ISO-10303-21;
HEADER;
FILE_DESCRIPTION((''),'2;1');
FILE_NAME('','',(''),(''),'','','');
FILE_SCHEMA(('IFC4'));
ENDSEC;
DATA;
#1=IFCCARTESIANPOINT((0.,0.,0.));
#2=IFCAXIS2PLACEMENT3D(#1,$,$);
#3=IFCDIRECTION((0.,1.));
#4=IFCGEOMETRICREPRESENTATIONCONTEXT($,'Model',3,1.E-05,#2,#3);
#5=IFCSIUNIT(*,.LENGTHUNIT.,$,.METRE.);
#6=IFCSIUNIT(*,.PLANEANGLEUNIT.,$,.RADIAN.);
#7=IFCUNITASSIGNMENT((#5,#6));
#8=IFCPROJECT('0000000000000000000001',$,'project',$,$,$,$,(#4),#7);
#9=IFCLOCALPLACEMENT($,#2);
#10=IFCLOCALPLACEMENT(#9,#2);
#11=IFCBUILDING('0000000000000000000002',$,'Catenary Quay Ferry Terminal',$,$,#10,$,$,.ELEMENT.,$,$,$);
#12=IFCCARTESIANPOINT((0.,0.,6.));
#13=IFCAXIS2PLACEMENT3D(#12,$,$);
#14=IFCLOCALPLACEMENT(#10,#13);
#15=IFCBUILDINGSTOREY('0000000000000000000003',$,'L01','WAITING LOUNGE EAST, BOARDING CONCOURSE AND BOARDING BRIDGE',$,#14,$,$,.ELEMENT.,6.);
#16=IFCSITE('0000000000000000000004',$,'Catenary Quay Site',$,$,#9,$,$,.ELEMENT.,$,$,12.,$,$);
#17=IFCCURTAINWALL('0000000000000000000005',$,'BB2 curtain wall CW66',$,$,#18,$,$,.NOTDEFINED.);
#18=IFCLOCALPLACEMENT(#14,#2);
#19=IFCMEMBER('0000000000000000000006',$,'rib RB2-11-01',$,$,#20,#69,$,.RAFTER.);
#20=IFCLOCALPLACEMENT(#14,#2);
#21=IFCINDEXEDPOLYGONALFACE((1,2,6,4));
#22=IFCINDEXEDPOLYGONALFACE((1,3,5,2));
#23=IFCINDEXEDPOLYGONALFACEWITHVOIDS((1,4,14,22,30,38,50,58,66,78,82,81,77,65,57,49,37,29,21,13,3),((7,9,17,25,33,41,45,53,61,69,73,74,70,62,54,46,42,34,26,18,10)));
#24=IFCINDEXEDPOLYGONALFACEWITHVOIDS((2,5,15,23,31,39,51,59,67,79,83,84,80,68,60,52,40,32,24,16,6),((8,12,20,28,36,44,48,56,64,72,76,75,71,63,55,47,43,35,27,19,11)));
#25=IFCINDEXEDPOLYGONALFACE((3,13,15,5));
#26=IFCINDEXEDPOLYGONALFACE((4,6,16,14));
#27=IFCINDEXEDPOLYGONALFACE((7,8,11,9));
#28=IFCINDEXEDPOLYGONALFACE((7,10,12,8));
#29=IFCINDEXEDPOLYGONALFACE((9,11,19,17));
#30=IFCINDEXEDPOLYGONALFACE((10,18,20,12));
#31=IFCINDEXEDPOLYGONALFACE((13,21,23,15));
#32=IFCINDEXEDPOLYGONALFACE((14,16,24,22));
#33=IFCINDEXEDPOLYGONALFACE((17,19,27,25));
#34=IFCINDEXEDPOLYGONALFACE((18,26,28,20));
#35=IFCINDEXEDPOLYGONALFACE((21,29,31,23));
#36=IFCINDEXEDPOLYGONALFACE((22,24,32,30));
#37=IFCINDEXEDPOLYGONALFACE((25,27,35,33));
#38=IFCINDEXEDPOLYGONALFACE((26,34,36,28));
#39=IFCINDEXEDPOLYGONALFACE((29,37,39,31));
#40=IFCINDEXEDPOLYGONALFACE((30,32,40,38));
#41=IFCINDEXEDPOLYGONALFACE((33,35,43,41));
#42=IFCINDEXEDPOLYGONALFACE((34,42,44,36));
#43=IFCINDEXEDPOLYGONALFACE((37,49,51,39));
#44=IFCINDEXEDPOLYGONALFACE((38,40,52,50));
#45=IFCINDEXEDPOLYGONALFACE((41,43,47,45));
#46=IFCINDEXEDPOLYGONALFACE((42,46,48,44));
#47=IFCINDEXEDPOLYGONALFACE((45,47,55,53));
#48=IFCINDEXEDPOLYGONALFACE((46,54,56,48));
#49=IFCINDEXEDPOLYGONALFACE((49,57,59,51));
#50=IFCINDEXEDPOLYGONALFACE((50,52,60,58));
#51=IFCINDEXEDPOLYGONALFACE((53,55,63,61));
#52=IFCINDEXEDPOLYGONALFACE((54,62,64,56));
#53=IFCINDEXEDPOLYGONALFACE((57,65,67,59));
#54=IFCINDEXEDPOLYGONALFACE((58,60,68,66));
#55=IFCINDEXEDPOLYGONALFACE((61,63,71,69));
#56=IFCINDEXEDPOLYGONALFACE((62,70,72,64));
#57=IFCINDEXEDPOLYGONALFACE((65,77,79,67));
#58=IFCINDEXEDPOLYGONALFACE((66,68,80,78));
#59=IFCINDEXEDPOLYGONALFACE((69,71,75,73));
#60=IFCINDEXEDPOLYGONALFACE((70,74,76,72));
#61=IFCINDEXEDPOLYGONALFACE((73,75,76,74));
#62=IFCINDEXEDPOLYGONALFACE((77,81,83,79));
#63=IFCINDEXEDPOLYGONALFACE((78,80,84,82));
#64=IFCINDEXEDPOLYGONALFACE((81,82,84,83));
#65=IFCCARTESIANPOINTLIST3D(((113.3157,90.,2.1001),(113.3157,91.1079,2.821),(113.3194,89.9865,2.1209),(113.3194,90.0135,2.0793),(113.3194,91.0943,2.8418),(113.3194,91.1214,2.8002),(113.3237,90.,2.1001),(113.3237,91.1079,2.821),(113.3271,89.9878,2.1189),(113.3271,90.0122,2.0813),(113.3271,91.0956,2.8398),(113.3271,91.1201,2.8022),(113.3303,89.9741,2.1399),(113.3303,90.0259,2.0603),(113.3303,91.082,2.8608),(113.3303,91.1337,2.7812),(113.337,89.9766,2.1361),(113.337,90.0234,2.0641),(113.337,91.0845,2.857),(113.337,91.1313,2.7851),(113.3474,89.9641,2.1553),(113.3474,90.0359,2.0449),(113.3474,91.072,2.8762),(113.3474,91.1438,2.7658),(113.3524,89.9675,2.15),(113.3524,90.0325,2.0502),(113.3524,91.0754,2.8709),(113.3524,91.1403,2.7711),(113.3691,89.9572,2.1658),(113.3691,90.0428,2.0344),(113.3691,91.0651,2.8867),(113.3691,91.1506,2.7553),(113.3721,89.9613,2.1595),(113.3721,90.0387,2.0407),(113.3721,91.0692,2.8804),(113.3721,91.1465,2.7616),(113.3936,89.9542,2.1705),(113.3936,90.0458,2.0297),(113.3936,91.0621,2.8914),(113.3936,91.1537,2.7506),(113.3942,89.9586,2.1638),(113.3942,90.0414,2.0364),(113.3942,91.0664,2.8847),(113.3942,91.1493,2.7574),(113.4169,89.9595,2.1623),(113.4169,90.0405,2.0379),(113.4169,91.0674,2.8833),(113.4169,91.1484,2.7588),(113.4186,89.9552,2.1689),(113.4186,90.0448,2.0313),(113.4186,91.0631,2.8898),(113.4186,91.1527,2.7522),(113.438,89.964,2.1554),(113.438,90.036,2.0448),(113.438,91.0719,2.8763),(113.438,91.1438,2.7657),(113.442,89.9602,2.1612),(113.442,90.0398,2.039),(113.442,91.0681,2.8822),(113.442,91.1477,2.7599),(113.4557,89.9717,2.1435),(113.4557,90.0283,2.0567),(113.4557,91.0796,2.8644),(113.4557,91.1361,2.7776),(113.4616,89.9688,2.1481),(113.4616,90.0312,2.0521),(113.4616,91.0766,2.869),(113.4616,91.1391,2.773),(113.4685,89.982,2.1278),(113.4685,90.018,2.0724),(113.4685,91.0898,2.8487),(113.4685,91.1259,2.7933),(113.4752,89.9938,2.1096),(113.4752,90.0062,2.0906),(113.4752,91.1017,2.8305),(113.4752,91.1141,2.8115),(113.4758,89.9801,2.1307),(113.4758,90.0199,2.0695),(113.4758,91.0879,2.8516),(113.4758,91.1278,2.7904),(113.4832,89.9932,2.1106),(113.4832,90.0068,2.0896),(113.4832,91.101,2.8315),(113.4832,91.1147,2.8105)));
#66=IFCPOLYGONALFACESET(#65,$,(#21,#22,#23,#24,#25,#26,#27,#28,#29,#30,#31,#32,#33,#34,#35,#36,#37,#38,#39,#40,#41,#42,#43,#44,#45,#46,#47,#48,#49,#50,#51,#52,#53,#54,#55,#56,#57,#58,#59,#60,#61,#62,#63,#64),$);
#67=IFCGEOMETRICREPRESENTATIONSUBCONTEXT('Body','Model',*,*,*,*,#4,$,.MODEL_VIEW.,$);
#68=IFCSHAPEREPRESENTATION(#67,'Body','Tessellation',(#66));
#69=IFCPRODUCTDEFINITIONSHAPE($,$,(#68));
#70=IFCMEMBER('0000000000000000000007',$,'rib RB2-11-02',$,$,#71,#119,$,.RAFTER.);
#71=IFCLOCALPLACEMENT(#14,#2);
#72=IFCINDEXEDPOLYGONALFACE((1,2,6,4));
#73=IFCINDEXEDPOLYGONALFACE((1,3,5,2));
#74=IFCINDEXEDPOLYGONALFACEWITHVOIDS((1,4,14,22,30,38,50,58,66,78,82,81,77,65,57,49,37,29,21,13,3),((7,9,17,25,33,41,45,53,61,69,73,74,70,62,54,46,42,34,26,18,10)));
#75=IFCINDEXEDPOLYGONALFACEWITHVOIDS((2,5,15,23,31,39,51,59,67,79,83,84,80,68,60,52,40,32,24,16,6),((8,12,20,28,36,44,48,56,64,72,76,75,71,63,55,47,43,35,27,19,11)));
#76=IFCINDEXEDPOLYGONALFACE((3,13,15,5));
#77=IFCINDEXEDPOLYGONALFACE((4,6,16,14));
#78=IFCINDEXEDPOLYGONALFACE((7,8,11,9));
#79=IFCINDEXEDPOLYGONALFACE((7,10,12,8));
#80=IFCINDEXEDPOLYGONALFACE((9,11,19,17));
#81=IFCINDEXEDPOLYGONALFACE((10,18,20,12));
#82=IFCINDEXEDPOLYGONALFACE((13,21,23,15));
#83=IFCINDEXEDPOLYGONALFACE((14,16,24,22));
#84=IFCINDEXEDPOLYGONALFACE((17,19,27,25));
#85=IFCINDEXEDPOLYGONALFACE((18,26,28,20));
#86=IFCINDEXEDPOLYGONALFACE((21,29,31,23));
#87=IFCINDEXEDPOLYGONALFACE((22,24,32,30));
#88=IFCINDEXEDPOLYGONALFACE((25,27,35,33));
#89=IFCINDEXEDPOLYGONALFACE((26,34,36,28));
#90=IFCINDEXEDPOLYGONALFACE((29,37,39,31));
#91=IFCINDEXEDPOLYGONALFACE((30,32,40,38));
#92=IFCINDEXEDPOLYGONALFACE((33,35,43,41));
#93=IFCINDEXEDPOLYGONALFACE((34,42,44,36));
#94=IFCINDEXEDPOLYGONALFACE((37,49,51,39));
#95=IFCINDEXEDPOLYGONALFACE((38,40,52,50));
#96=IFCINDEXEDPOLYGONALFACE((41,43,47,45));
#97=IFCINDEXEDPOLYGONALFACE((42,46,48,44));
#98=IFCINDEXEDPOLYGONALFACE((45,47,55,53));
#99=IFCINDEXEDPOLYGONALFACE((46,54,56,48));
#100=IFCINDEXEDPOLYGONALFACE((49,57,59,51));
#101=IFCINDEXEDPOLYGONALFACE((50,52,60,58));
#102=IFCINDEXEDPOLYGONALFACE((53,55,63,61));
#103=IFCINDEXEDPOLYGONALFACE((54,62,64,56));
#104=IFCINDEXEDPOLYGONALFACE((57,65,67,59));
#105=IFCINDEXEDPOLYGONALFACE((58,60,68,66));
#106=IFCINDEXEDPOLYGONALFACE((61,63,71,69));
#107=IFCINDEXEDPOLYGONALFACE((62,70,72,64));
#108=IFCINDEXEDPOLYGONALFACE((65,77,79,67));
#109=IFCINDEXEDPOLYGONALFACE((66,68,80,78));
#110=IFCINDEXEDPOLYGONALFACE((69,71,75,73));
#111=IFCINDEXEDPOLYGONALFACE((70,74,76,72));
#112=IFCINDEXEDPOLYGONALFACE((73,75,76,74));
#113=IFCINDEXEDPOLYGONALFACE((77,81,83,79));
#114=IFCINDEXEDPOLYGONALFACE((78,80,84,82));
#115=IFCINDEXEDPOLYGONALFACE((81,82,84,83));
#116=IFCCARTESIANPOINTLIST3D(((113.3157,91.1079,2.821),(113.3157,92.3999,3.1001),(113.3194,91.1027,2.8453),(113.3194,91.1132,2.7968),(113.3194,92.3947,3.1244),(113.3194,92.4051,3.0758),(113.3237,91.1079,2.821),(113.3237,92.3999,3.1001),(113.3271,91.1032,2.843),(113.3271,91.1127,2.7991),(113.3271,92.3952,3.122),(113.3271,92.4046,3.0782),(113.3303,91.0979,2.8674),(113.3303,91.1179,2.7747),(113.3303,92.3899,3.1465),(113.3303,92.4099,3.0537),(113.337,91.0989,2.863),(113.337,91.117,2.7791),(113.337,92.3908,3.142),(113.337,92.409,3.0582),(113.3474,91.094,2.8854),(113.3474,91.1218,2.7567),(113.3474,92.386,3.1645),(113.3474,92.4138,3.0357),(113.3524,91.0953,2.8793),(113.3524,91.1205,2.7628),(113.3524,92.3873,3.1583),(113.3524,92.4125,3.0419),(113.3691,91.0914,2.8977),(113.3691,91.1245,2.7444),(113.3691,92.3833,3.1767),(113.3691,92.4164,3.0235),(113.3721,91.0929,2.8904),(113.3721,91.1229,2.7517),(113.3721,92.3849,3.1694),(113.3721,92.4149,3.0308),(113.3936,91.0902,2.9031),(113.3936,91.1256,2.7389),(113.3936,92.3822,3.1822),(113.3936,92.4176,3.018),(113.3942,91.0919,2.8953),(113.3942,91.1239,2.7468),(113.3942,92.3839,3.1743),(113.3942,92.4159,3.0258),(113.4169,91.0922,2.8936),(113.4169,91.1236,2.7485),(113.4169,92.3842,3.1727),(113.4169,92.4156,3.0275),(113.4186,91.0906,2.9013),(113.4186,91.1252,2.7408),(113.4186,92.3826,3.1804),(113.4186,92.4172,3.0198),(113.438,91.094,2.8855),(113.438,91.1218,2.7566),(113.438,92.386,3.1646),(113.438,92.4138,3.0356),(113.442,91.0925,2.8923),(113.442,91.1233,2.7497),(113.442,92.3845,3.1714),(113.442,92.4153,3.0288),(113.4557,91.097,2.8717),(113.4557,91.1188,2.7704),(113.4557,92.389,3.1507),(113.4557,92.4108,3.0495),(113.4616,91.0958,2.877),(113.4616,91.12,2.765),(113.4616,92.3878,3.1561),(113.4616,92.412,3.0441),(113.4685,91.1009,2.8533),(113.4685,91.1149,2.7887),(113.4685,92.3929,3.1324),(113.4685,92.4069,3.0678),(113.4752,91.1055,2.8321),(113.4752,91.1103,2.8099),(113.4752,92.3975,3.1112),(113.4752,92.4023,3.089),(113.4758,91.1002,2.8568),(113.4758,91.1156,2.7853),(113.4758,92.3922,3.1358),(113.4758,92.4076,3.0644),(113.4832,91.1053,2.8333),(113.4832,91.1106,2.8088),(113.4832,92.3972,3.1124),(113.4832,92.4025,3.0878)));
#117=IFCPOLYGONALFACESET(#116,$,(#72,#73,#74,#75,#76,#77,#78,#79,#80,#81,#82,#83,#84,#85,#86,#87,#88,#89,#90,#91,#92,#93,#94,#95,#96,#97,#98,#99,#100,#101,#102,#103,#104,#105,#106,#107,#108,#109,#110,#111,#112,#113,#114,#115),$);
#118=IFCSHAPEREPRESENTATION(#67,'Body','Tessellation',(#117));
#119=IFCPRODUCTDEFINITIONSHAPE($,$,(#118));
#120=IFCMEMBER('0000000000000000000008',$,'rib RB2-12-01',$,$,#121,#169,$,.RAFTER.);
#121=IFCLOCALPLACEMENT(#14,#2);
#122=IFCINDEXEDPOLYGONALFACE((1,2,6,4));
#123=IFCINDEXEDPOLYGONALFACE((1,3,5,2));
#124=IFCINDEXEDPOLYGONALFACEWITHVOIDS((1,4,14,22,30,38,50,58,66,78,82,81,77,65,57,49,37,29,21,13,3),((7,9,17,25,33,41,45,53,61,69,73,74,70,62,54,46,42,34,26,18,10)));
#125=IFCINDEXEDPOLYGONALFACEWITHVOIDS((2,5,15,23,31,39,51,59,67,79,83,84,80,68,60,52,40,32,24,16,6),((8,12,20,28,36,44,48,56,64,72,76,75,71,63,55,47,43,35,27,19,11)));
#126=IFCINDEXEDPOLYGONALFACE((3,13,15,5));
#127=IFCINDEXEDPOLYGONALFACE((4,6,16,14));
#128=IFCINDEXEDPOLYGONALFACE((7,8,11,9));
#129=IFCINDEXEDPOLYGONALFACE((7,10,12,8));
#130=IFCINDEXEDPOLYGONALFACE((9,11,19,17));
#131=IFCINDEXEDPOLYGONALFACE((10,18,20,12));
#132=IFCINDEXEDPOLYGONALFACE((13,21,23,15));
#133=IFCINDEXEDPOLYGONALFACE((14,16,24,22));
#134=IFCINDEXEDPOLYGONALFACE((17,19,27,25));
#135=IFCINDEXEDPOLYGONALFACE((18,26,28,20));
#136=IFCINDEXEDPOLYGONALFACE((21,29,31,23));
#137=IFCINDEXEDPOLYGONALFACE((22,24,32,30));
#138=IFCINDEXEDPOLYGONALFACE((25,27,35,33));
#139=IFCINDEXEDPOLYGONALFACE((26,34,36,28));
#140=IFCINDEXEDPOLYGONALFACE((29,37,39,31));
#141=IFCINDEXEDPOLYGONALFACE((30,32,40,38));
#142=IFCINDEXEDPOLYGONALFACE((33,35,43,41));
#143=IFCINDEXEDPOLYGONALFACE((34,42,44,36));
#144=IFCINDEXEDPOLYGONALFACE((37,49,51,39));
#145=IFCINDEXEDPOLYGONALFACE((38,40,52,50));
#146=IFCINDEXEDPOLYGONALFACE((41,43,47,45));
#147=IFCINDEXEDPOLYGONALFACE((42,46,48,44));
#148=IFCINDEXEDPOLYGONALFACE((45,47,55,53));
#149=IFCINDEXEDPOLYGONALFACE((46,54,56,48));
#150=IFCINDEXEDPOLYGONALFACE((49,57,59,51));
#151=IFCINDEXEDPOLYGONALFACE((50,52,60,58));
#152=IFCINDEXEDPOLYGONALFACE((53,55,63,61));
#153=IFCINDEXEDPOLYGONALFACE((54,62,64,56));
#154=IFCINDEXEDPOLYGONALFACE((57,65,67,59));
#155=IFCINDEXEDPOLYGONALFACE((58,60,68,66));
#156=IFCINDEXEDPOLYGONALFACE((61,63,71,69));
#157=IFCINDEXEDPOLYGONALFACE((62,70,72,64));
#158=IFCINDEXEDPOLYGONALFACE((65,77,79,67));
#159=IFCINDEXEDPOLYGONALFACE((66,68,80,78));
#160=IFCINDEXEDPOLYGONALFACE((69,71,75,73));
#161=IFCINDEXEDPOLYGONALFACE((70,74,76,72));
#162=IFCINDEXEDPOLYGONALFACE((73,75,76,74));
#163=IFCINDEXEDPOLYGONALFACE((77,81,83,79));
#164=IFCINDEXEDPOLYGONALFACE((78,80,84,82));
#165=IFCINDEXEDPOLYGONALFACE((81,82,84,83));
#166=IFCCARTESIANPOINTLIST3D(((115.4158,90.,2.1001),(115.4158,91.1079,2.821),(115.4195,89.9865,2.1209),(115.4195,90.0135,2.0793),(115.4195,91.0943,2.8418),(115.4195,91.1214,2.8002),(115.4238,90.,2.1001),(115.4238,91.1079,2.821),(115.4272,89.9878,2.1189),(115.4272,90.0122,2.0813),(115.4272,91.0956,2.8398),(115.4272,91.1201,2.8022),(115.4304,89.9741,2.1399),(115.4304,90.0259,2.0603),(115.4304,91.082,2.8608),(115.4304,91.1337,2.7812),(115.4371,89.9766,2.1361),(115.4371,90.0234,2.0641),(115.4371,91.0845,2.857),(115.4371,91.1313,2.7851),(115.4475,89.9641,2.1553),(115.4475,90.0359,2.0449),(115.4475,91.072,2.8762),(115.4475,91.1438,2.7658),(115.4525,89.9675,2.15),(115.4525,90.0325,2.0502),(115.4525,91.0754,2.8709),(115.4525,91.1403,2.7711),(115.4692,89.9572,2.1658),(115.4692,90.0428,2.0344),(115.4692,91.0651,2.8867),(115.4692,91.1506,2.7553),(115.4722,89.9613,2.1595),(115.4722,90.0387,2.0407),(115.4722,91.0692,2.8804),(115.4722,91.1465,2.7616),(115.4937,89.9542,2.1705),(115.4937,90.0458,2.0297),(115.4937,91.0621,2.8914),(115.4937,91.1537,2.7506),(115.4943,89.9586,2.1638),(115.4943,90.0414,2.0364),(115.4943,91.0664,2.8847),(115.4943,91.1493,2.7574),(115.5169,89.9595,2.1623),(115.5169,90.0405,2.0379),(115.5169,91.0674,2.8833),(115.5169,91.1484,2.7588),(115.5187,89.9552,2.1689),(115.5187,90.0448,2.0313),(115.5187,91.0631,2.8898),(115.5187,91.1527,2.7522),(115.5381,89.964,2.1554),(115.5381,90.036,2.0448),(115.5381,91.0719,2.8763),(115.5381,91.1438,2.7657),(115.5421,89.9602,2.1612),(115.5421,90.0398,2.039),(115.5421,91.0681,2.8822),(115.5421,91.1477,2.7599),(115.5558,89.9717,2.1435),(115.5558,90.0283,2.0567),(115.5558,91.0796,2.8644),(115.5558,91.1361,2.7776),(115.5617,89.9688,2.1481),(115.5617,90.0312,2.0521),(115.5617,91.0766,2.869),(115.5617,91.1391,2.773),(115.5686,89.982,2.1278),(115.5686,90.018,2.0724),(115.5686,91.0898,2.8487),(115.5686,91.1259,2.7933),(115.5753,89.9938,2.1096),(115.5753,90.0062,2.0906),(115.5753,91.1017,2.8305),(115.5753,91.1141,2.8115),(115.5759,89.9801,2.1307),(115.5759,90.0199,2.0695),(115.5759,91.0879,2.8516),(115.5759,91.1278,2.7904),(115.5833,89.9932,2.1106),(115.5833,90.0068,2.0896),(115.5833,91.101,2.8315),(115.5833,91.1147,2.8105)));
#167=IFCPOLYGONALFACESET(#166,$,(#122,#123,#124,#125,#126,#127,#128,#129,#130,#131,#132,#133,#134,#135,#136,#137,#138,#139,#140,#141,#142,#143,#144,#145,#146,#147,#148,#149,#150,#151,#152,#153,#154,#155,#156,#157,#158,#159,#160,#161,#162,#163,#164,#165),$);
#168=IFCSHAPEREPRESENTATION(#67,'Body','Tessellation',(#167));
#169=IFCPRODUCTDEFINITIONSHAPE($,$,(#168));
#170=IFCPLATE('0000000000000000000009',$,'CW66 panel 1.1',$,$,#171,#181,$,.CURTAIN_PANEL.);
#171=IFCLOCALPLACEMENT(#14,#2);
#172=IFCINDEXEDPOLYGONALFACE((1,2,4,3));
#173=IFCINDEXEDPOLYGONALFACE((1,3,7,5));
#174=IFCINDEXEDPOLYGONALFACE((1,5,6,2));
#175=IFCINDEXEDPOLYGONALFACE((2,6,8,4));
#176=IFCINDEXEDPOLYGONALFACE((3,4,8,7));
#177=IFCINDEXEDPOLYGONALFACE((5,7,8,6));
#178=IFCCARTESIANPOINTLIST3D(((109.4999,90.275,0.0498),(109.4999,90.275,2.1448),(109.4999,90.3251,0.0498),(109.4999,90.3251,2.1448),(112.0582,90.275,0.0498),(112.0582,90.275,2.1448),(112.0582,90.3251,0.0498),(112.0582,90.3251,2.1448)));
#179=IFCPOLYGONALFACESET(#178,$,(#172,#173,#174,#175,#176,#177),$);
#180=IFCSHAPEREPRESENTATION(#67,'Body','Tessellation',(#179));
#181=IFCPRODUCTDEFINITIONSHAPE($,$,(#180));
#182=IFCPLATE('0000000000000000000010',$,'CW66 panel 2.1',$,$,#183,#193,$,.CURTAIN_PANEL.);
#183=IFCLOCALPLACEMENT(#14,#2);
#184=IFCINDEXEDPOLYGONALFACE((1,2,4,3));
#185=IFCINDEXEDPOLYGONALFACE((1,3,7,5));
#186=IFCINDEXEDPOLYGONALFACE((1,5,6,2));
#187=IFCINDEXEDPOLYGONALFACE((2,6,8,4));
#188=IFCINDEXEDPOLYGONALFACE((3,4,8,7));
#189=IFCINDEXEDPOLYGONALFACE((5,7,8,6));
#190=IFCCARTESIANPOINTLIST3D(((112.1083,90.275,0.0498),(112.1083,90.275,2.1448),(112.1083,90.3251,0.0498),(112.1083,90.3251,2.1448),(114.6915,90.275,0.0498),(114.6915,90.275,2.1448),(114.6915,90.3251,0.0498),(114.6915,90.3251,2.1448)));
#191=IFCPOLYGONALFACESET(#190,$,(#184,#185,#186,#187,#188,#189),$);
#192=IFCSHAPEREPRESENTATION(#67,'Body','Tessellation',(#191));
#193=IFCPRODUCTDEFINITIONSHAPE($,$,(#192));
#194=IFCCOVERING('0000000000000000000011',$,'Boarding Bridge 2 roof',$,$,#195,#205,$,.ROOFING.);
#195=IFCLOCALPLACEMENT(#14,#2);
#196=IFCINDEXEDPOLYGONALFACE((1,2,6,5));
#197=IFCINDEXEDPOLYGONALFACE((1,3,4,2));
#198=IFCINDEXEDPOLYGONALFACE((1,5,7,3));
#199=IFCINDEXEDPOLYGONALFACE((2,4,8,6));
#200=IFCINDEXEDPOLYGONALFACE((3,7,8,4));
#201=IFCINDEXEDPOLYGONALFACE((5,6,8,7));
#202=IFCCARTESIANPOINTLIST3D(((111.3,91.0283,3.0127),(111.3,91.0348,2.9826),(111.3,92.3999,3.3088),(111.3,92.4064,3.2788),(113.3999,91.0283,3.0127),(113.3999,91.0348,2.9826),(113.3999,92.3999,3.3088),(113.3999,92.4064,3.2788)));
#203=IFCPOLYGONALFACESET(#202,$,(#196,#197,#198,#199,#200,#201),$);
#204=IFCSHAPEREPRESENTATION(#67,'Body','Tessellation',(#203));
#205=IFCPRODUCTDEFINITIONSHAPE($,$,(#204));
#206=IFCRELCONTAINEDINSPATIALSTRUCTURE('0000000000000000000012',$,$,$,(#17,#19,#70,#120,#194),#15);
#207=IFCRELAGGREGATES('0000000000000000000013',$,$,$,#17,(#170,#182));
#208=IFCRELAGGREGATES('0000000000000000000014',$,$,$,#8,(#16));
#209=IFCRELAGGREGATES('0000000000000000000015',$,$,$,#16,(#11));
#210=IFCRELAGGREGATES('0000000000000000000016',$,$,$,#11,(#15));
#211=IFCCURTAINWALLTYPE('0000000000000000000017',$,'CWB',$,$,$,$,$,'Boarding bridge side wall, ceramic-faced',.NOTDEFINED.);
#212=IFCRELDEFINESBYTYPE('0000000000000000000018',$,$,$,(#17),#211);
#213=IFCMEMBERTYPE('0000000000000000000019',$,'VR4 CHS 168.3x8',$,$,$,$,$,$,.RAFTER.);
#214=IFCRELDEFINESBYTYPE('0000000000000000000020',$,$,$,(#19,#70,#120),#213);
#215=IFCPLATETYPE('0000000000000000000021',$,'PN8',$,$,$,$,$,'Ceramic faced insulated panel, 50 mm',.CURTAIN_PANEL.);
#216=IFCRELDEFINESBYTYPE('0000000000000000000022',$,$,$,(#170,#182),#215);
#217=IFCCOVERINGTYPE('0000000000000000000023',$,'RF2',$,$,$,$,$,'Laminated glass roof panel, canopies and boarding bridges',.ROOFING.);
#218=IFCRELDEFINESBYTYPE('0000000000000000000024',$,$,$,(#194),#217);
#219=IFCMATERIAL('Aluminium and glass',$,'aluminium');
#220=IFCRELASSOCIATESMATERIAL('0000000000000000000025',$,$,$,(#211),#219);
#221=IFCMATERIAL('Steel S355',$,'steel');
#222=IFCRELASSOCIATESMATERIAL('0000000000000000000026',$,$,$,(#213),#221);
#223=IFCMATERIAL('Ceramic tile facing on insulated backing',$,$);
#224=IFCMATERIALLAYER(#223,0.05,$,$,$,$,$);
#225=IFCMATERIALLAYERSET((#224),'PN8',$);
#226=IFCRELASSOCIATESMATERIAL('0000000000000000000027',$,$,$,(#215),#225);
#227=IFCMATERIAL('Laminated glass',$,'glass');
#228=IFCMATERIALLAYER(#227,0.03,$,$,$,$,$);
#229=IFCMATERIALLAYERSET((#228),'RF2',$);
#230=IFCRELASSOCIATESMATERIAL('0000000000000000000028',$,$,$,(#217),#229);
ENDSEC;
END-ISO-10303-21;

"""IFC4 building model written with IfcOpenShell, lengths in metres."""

from ifc_helpers import new_model, si_unit, direction, frame, origin, origin_2d, place, context, subcontext, project, spatial, polyline, rectangle, hollow_circle, outline, extrude, material, layer, layer_set, material_profile, profile_set, type_object, element, aggregate, save


model = new_model("IFC4")

# Units and contexts
model_context = context("Model", 3, precision=1e-05, world=origin(), true_north=direction((0.0, 1.0)))
body_context = subcontext(model_context, "Body", "Model", "MODEL_VIEW")
ifc_project = project(units=[si_unit("LENGTHUNIT", "METRE"), si_unit("PLANEANGLEUNIT", "RADIAN")], contexts=[model_context])

# Site, building, storey
site_placement = place(None, origin())
site = spatial("IfcSite", under=ifc_project, at=site_placement, Name="Catenary Quay Site", CompositionType="ELEMENT", RefElevation=12.0)
building_placement = place(site_placement, origin())
building = spatial("IfcBuilding", under=site, at=building_placement, Name="Catenary Quay Ferry Terminal", CompositionType="ELEMENT")
storey_placement = place(building_placement, frame((0.0, 0.0, 6.0)))
storey = spatial("IfcBuildingStorey", under=building, at=storey_placement, Name="L01", Description="WAITING LOUNGE EAST, BOARDING CONCOURSE AND BOARDING BRIDGE", CompositionType="ELEMENT", Elevation=6.0)

# Curtain wall
ifc_material_1 = material(Name="Aluminium and glass", Category="aluminium")
curtain_wall_type = type_object("IfcCurtainWallType", Name="CWB", ElementType="Boarding bridge side wall, ceramic-faced", PredefinedType="NOTDEFINED", material=ifc_material_1)
curtain_wall_placement = place(storey_placement, origin())
curtain_wall = element("IfcCurtainWall", 1, at=curtain_wall_placement, inside=storey, type_object=curtain_wall_type, Name="BB2 curtain wall CW66", PredefinedType="NOTDEFINED")

# Members
ifc_material_2 = material(Name="Steel S355", Category="steel")
ifc_material_profile_1 = material_profile(ifc_material_2, hollow_circle(Radius=0.0842, WallThickness=0.0081, at=origin_2d()), Name="CHS 168.3x8")
ifc_profile_set_1 = profile_set([ifc_material_profile_1], Name="Steel S355")
member_type_1 = type_object("IfcMemberType", Name="VR4 CHS 168.3x8", PredefinedType="RAFTER", material=ifc_profile_set_1)
for number, where, z_axis, x_axis, name in (
    (2, (113.3999, 90.0, 2.1001), (0.0, 0.838165, 0.545417), (-1.0, 0.0, 0.0), "rib RB2-11-01"),
    (3, (113.3999, 91.1079, 2.821), (0.0, 0.977461, 0.211118), (-1.0, 0.0, 0.0), "rib RB2-11-02"),
    (4, (115.5, 90.0, 2.1001), (0.0, 0.838165, 0.545417), (-1.0, 0.0, 0.0), "rib RB2-12-01"),
):
    element("IfcMember", number, at=place(storey_placement, frame(where, z_axis=z_axis, x_axis=x_axis)), inside=storey, type_object=member_type_1, Name=name, PredefinedType="RAFTER", context=body_context, shape_type="SweptSolid", body=[
        extrude(hollow_circle(Radius=0.0842, WallThickness=0.0081, at=origin_2d()), origin(), (0.0, 0.0, 1.0), 1.3218),
    ])

# Plates
ifc_material_3 = material(Name="Ceramic tile facing on insulated backing")
ifc_layer_1 = layer(ifc_material_3, 0.05)
ifc_layer_set_1 = layer_set([ifc_layer_1], Name="PN8")
plate_type = type_object("IfcPlateType", Name="PN8", ElementType="Ceramic faced insulated panel, 50 mm", PredefinedType="CURTAIN_PANEL", material=ifc_layer_set_1)
plate_1_placement = place(storey_placement, frame((110.7791, 90.3, 0.0498), z_axis=(0.0, 0.0, 1.0), x_axis=(1.0, 0.0, 0.0)))
plate_1 = element("IfcPlate", 5, at=plate_1_placement, type_object=plate_type, Name="CW66 panel 1.1", PredefinedType="CURTAIN_PANEL", context=body_context, shape_type="SweptSolid", body=[
    extrude(rectangle(XDim=2.5583, YDim=0.05, at=origin_2d()), origin(), (0.0, 0.0, 1.0), 2.095),
])
plate_2_placement = place(storey_placement, frame((113.3999, 90.3, 0.0498), z_axis=(0.0, 0.0, 1.0), x_axis=(1.0, 0.0, 0.0)))
plate_2 = element("IfcPlate", 6, at=plate_2_placement, type_object=plate_type, Name="CW66 panel 2.1", PredefinedType="CURTAIN_PANEL", context=body_context, shape_type="SweptSolid", body=[
    extrude(rectangle(XDim=2.5833, YDim=0.05, at=origin_2d()), origin(), (0.0, 0.0, 1.0), 2.095),
])
aggregate(curtain_wall, [plate_1, plate_2])

# Covering
ifc_material_4 = material(Name="Laminated glass", Category="glass")
ifc_layer_2 = layer(ifc_material_4, 0.03)
ifc_layer_set_2 = layer_set([ifc_layer_2], Name="RF2")
covering_type = type_object("IfcCoveringType", Name="RF2", ElementType="Laminated glass roof panel, canopies and boarding bridges", PredefinedType="ROOFING", material=ifc_layer_set_2)
covering_1_placement = place(storey_placement, frame((111.3, 91.0283, 3.0127), z_axis=(0.0, -0.21105, 0.977475), x_axis=(1.0, 0.0, 0.0)))
element("IfcCovering", 7, at=covering_1_placement, inside=storey, type_object=covering_type, Name="Boarding Bridge 2 roof", PredefinedType="ROOFING", context=body_context, shape_type="SweptSolid", body=[
    extrude(outline(polyline([(0.0, 0.0), (2.0999, 0.0), (2.0999, 1.4032), (0.0, 1.4032), (0.0, 0.0)])), origin(), (0.0, 0.0, -1.0), 0.0308),
])

save(model, "model.ifc")
